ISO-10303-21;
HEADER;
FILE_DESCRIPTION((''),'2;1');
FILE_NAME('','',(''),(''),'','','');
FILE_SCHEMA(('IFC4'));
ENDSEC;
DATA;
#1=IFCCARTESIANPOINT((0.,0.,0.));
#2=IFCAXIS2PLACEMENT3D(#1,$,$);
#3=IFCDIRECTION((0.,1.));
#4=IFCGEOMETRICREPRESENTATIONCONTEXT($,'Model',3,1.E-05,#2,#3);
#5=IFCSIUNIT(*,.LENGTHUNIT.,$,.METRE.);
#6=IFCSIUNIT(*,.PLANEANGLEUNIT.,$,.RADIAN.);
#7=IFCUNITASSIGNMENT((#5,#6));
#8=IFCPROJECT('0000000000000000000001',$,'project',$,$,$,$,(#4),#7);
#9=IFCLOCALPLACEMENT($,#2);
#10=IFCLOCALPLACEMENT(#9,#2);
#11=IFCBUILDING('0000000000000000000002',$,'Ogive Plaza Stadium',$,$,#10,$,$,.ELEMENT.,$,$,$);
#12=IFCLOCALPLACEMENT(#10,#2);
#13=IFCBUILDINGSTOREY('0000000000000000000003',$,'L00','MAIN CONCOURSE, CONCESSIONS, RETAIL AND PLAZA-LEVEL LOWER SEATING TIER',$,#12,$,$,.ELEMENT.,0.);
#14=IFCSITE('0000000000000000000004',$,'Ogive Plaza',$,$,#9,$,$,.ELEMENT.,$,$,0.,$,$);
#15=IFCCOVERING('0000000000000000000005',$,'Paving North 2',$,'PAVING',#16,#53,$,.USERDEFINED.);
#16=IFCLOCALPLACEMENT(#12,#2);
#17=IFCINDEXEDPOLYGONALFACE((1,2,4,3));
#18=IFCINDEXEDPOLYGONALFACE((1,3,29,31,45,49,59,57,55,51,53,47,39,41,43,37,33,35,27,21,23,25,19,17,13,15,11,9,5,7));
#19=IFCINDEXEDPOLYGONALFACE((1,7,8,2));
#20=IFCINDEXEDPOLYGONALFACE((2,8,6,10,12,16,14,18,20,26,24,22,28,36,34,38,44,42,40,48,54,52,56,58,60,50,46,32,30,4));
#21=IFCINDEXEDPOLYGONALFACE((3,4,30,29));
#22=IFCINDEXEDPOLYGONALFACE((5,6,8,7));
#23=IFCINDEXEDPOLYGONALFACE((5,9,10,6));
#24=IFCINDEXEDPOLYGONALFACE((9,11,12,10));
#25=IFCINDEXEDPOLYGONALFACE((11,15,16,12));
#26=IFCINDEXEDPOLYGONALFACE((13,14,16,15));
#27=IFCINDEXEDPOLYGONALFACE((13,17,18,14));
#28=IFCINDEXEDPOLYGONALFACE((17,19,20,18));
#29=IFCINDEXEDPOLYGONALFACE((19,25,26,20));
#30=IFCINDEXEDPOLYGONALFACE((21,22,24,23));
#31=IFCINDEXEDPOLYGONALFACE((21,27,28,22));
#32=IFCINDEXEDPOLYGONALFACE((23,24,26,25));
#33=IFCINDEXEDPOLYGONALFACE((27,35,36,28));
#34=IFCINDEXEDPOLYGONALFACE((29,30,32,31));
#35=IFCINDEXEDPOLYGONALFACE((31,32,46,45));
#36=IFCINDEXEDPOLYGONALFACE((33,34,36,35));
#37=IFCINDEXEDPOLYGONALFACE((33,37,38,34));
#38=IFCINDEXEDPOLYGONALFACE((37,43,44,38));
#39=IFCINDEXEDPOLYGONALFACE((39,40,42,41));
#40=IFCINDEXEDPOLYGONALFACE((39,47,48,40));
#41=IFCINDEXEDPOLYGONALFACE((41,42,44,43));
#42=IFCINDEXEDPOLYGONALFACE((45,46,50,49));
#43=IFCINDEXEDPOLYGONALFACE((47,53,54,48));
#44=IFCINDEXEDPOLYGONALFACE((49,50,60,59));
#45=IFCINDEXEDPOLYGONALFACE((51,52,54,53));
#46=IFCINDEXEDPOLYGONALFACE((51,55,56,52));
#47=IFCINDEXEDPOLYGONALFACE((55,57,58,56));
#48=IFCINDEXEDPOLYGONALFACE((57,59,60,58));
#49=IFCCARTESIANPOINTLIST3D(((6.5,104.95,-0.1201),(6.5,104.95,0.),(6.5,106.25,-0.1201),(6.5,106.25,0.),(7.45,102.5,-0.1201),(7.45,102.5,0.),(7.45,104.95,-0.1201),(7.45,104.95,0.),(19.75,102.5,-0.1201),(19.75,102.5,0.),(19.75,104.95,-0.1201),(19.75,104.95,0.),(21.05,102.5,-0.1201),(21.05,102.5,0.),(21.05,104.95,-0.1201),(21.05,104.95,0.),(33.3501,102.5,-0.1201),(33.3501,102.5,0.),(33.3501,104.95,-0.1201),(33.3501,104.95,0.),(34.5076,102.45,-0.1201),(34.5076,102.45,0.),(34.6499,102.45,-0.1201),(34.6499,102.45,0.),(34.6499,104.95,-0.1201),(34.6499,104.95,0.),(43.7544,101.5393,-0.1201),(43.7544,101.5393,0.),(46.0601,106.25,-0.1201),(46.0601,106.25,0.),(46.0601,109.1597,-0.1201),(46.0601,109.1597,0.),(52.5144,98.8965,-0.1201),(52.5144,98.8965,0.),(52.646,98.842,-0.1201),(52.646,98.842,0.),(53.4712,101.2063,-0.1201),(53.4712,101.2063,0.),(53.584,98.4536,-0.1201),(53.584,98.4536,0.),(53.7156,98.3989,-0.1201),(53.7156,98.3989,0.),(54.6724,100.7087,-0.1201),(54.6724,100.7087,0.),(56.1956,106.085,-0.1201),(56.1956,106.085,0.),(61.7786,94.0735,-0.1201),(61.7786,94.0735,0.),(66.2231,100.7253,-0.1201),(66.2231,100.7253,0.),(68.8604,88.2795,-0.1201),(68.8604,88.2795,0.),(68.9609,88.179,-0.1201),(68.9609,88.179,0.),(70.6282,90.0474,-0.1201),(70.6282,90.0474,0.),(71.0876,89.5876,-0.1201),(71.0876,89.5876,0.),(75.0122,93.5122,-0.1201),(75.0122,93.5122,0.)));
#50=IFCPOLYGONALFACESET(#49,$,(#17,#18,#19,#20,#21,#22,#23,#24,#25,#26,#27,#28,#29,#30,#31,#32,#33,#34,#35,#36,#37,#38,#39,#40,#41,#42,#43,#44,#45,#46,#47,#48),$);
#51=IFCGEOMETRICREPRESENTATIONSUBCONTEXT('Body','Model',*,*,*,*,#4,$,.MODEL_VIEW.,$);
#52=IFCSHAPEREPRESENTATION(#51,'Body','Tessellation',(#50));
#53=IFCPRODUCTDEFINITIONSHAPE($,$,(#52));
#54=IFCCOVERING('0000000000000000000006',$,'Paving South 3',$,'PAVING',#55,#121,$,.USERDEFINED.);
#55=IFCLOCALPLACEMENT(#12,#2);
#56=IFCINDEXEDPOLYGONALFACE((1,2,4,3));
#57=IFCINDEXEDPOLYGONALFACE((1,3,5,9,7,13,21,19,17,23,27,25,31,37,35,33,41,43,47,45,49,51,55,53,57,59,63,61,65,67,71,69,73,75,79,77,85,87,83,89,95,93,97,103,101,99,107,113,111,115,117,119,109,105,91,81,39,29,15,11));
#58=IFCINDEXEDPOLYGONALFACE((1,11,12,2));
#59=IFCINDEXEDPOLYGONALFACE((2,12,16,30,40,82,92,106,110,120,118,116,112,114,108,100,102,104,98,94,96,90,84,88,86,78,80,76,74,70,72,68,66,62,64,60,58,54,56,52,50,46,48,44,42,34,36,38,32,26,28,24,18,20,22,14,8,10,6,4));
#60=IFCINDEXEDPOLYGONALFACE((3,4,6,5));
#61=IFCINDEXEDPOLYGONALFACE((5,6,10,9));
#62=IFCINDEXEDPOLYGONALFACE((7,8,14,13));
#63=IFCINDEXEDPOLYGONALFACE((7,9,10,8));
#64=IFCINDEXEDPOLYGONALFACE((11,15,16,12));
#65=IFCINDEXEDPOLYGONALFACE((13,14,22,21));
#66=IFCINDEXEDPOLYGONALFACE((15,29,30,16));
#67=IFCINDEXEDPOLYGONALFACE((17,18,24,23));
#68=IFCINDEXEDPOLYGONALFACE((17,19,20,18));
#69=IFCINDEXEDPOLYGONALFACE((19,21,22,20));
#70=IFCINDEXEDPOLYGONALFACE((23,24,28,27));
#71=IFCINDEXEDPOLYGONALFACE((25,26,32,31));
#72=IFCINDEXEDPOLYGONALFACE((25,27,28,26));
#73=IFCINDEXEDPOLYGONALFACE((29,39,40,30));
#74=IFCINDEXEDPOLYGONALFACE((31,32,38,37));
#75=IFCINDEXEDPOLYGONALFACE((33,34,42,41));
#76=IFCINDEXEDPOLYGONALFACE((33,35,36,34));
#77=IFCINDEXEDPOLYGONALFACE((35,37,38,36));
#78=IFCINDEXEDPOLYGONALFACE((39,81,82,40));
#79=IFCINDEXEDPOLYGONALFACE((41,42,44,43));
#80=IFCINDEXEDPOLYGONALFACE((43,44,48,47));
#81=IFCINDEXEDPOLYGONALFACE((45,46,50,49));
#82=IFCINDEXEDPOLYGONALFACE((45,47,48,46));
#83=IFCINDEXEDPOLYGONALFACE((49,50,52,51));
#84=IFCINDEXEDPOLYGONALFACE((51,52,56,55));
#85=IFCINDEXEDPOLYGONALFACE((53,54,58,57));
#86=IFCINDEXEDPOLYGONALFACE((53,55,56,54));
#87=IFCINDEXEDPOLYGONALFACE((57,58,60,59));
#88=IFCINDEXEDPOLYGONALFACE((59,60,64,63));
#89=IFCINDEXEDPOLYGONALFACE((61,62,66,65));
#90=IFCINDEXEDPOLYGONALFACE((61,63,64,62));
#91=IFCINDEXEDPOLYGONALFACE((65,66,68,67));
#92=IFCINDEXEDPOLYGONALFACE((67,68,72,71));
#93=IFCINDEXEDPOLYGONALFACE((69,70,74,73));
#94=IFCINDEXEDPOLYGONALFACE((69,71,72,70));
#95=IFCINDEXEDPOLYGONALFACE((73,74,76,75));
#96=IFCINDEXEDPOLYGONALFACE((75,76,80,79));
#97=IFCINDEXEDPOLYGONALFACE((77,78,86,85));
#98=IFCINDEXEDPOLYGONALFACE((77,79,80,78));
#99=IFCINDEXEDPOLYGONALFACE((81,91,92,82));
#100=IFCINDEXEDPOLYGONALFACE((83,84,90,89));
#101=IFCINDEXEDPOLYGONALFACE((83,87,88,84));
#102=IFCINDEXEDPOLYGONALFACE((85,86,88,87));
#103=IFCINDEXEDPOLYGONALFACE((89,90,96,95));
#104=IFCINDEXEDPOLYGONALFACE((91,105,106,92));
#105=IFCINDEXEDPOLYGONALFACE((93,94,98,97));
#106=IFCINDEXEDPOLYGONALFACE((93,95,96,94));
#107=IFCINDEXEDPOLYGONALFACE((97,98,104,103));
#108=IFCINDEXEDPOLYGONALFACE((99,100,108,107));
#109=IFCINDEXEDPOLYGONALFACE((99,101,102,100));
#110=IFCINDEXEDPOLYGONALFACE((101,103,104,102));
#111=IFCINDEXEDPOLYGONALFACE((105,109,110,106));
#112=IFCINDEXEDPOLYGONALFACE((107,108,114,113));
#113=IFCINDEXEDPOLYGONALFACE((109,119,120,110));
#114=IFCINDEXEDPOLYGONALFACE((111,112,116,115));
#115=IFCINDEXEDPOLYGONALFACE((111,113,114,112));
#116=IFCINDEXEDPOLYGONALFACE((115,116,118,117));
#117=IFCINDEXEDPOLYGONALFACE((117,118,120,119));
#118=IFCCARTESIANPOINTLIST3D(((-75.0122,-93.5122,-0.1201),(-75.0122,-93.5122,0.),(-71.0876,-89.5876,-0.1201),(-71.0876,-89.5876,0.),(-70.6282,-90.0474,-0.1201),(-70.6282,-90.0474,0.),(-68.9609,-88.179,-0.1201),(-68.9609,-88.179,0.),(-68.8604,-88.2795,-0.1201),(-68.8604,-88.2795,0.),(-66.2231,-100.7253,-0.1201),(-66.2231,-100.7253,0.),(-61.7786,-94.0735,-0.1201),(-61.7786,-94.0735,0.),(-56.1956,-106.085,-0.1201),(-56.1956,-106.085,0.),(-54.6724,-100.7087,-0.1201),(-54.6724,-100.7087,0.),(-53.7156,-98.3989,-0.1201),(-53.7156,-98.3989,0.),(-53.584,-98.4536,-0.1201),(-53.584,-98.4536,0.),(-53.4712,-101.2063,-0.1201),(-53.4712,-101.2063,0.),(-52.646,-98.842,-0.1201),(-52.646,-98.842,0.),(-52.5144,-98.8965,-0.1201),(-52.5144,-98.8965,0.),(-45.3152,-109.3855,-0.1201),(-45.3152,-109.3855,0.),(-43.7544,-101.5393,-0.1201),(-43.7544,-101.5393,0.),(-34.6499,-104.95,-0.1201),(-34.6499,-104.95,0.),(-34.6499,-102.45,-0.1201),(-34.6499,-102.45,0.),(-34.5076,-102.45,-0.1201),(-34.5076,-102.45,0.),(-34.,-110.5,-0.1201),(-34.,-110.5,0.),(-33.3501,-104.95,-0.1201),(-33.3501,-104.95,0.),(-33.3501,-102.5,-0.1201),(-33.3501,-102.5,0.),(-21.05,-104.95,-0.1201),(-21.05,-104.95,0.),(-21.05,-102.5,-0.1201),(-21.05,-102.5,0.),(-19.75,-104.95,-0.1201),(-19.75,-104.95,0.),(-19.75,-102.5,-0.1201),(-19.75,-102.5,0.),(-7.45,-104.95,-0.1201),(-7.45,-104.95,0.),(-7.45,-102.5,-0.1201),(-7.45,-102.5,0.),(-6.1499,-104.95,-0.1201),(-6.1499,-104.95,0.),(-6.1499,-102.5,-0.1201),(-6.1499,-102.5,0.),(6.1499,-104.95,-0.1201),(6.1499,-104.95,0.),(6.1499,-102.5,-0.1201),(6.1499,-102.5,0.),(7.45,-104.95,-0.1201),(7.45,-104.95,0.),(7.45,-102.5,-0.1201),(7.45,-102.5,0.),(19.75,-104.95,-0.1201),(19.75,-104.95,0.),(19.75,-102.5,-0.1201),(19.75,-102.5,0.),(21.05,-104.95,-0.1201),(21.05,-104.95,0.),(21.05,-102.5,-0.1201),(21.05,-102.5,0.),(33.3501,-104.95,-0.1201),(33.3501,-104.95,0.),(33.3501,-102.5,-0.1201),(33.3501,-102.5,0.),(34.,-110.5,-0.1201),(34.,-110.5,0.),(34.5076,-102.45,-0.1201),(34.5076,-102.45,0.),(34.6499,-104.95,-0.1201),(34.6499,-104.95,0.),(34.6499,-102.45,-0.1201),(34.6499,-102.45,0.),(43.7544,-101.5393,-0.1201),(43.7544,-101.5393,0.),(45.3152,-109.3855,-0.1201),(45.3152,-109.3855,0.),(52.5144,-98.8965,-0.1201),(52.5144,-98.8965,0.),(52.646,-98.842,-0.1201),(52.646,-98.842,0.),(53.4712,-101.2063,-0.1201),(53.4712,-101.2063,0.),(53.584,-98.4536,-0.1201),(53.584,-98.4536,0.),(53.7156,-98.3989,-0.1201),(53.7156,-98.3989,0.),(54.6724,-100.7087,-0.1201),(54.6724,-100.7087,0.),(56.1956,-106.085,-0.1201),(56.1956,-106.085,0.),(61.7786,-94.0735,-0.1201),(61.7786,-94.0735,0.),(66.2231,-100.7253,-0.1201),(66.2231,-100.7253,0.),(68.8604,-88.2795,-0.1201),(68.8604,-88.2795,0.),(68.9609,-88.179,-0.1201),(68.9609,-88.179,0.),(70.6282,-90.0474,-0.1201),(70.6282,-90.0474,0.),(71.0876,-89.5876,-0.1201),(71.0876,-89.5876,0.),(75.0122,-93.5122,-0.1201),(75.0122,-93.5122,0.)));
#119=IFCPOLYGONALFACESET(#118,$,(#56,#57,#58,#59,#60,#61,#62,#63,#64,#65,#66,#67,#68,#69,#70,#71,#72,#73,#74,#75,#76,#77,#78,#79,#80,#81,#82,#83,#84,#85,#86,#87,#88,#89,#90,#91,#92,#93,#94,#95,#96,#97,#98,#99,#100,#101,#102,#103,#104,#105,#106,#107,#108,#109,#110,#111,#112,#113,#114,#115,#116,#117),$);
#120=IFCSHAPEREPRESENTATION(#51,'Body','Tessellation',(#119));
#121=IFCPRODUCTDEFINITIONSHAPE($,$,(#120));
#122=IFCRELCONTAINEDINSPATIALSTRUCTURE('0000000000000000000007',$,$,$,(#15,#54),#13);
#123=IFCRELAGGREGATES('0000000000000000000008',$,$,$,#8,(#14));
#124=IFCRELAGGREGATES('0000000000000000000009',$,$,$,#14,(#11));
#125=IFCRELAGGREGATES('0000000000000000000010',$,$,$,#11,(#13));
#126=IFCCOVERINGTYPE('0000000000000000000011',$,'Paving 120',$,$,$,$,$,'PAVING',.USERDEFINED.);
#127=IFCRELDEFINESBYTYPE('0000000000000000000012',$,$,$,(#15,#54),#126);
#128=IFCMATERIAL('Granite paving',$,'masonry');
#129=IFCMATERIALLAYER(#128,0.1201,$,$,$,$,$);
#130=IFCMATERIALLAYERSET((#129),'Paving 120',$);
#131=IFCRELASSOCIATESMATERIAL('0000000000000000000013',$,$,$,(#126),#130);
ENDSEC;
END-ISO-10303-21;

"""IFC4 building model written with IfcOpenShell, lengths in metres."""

from ifc_helpers import new_model, si_unit, direction, frame, origin, place, context, subcontext, project, spatial, polyline, outline, extrude, material, layer, layer_set, type_object, element, save


model = new_model("IFC4")

# Units and contexts
model_context = context("Model", 3, precision=1e-05, world=origin(), true_north=direction((0.0, 1.0)))
body_context = subcontext(model_context, "Body", "Model", "MODEL_VIEW")
ifc_project = project(units=[si_unit("LENGTHUNIT", "METRE"), si_unit("PLANEANGLEUNIT", "RADIAN")], contexts=[model_context])

# Site, building, storey
site_placement = place(None, origin())
site = spatial("IfcSite", under=ifc_project, at=site_placement, Name="Ogive Plaza", CompositionType="ELEMENT", RefElevation=0.0)
building_placement = place(site_placement, origin())
building = spatial("IfcBuilding", under=site, at=building_placement, Name="Ogive Plaza Stadium", CompositionType="ELEMENT")
storey_placement = place(building_placement, origin())
storey = spatial("IfcBuildingStorey", under=building, at=storey_placement, Name="L00", Description="MAIN CONCOURSE, CONCESSIONS, RETAIL AND PLAZA-LEVEL LOWER SEATING TIER", CompositionType="ELEMENT", Elevation=0.0)

# Coverings
ifc_material_1 = material(Name="Granite paving", Category="masonry")
ifc_layer_1 = layer(ifc_material_1, 0.1201)
ifc_layer_set_1 = layer_set([ifc_layer_1], Name="Paving 120")
covering_type = type_object("IfcCoveringType", Name="Paving 120", ElementType="PAVING", PredefinedType="USERDEFINED", material=ifc_layer_set_1)
covering_1_placement = place(storey_placement, frame((0.0, 0.0, -0.1201)))
element("IfcCovering", 1, at=covering_1_placement, inside=storey, type_object=covering_type, Name="Paving North 2", ObjectType="PAVING", PredefinedType="USERDEFINED", context=body_context, shape_type="SweptSolid", body=[
    extrude(outline(polyline([(70.6282, 90.0474), (68.8604, 88.2795), (68.9609, 88.179), (61.7786, 94.0735), (53.584, 98.4536), (53.7156, 98.3989), (54.6724, 100.7087), (53.4712, 101.2063), (52.5144, 98.8965), (52.646, 98.842), (43.7544, 101.5393), (34.5076, 102.45), (34.6499, 102.45), (34.6499, 104.95), (33.3501, 104.95), (33.3501, 102.5), (21.05, 102.5), (21.05, 104.95), (19.75, 104.95), (19.75, 102.5), (7.45, 102.5), (7.45, 104.95), (6.5, 104.95), (6.5, 106.25), (46.0601, 106.25), (46.0601, 109.1597), (56.1956, 106.085), (66.2231, 100.7253), (75.0122, 93.5122), (71.0876, 89.5876), (70.6282, 90.0474)])), origin(), (0.0, 0.0, 1.0), 0.1201),
])
covering_2_placement = place(storey_placement, frame((0.0, 0.0, -0.1201)))
element("IfcCovering", 2, at=covering_2_placement, inside=storey, type_object=covering_type, Name="Paving South 3", ObjectType="PAVING", PredefinedType="USERDEFINED", context=body_context, shape_type="SweptSolid", body=[
    extrude(outline(polyline([(-66.2231, -100.7253), (-75.0122, -93.5122), (-75.0122, -93.5122), (-71.0876, -89.5876), (-70.6282, -90.0474), (-68.8604, -88.2795), (-68.9609, -88.179), (-61.7786, -94.0735), (-53.584, -98.4536), (-53.7156, -98.3989), (-54.6724, -100.7087), (-53.4712, -101.2063), (-52.5144, -98.8965), (-52.646, -98.842), (-43.7544, -101.5393), (-34.5076, -102.45), (-34.6499, -102.45), (-34.6499, -104.95), (-33.3501, -104.95), (-33.3501, -102.5), (-21.05, -102.5), (-21.05, -104.95), (-19.75, -104.95), (-19.75, -102.5), (-7.45, -102.5), (-7.45, -104.95), (-6.1499, -104.95), (-6.1499, -102.5), (6.1499, -102.5), (6.1499, -104.95), (7.45, -104.95), (7.45, -102.5), (19.75, -102.5), (19.75, -104.95), (21.05, -104.95), (21.05, -102.5), (33.3501, -102.5), (33.3501, -104.95), (34.6499, -104.95), (34.6499, -102.45), (34.5076, -102.45), (43.7544, -101.5393), (52.646, -98.842), (52.5144, -98.8965), (53.4712, -101.2063), (54.6724, -100.7087), (53.7156, -98.3989), (53.584, -98.4536), (61.7786, -94.0735), (68.9609, -88.179), (68.8604, -88.2795), (70.6282, -90.0474), (71.0876, -89.5876), (75.0122, -93.5122), (66.2231, -100.7253), (56.1956, -106.085), (45.3152, -109.3855), (34.0, -110.5), (-34.0, -110.5), (-45.3152, -109.3855), (-56.1956, -106.085), (-66.2231, -100.7253)])), origin(), (0.0, 0.0, 1.0), 0.1201),
])

save(model, "model.ifc")
